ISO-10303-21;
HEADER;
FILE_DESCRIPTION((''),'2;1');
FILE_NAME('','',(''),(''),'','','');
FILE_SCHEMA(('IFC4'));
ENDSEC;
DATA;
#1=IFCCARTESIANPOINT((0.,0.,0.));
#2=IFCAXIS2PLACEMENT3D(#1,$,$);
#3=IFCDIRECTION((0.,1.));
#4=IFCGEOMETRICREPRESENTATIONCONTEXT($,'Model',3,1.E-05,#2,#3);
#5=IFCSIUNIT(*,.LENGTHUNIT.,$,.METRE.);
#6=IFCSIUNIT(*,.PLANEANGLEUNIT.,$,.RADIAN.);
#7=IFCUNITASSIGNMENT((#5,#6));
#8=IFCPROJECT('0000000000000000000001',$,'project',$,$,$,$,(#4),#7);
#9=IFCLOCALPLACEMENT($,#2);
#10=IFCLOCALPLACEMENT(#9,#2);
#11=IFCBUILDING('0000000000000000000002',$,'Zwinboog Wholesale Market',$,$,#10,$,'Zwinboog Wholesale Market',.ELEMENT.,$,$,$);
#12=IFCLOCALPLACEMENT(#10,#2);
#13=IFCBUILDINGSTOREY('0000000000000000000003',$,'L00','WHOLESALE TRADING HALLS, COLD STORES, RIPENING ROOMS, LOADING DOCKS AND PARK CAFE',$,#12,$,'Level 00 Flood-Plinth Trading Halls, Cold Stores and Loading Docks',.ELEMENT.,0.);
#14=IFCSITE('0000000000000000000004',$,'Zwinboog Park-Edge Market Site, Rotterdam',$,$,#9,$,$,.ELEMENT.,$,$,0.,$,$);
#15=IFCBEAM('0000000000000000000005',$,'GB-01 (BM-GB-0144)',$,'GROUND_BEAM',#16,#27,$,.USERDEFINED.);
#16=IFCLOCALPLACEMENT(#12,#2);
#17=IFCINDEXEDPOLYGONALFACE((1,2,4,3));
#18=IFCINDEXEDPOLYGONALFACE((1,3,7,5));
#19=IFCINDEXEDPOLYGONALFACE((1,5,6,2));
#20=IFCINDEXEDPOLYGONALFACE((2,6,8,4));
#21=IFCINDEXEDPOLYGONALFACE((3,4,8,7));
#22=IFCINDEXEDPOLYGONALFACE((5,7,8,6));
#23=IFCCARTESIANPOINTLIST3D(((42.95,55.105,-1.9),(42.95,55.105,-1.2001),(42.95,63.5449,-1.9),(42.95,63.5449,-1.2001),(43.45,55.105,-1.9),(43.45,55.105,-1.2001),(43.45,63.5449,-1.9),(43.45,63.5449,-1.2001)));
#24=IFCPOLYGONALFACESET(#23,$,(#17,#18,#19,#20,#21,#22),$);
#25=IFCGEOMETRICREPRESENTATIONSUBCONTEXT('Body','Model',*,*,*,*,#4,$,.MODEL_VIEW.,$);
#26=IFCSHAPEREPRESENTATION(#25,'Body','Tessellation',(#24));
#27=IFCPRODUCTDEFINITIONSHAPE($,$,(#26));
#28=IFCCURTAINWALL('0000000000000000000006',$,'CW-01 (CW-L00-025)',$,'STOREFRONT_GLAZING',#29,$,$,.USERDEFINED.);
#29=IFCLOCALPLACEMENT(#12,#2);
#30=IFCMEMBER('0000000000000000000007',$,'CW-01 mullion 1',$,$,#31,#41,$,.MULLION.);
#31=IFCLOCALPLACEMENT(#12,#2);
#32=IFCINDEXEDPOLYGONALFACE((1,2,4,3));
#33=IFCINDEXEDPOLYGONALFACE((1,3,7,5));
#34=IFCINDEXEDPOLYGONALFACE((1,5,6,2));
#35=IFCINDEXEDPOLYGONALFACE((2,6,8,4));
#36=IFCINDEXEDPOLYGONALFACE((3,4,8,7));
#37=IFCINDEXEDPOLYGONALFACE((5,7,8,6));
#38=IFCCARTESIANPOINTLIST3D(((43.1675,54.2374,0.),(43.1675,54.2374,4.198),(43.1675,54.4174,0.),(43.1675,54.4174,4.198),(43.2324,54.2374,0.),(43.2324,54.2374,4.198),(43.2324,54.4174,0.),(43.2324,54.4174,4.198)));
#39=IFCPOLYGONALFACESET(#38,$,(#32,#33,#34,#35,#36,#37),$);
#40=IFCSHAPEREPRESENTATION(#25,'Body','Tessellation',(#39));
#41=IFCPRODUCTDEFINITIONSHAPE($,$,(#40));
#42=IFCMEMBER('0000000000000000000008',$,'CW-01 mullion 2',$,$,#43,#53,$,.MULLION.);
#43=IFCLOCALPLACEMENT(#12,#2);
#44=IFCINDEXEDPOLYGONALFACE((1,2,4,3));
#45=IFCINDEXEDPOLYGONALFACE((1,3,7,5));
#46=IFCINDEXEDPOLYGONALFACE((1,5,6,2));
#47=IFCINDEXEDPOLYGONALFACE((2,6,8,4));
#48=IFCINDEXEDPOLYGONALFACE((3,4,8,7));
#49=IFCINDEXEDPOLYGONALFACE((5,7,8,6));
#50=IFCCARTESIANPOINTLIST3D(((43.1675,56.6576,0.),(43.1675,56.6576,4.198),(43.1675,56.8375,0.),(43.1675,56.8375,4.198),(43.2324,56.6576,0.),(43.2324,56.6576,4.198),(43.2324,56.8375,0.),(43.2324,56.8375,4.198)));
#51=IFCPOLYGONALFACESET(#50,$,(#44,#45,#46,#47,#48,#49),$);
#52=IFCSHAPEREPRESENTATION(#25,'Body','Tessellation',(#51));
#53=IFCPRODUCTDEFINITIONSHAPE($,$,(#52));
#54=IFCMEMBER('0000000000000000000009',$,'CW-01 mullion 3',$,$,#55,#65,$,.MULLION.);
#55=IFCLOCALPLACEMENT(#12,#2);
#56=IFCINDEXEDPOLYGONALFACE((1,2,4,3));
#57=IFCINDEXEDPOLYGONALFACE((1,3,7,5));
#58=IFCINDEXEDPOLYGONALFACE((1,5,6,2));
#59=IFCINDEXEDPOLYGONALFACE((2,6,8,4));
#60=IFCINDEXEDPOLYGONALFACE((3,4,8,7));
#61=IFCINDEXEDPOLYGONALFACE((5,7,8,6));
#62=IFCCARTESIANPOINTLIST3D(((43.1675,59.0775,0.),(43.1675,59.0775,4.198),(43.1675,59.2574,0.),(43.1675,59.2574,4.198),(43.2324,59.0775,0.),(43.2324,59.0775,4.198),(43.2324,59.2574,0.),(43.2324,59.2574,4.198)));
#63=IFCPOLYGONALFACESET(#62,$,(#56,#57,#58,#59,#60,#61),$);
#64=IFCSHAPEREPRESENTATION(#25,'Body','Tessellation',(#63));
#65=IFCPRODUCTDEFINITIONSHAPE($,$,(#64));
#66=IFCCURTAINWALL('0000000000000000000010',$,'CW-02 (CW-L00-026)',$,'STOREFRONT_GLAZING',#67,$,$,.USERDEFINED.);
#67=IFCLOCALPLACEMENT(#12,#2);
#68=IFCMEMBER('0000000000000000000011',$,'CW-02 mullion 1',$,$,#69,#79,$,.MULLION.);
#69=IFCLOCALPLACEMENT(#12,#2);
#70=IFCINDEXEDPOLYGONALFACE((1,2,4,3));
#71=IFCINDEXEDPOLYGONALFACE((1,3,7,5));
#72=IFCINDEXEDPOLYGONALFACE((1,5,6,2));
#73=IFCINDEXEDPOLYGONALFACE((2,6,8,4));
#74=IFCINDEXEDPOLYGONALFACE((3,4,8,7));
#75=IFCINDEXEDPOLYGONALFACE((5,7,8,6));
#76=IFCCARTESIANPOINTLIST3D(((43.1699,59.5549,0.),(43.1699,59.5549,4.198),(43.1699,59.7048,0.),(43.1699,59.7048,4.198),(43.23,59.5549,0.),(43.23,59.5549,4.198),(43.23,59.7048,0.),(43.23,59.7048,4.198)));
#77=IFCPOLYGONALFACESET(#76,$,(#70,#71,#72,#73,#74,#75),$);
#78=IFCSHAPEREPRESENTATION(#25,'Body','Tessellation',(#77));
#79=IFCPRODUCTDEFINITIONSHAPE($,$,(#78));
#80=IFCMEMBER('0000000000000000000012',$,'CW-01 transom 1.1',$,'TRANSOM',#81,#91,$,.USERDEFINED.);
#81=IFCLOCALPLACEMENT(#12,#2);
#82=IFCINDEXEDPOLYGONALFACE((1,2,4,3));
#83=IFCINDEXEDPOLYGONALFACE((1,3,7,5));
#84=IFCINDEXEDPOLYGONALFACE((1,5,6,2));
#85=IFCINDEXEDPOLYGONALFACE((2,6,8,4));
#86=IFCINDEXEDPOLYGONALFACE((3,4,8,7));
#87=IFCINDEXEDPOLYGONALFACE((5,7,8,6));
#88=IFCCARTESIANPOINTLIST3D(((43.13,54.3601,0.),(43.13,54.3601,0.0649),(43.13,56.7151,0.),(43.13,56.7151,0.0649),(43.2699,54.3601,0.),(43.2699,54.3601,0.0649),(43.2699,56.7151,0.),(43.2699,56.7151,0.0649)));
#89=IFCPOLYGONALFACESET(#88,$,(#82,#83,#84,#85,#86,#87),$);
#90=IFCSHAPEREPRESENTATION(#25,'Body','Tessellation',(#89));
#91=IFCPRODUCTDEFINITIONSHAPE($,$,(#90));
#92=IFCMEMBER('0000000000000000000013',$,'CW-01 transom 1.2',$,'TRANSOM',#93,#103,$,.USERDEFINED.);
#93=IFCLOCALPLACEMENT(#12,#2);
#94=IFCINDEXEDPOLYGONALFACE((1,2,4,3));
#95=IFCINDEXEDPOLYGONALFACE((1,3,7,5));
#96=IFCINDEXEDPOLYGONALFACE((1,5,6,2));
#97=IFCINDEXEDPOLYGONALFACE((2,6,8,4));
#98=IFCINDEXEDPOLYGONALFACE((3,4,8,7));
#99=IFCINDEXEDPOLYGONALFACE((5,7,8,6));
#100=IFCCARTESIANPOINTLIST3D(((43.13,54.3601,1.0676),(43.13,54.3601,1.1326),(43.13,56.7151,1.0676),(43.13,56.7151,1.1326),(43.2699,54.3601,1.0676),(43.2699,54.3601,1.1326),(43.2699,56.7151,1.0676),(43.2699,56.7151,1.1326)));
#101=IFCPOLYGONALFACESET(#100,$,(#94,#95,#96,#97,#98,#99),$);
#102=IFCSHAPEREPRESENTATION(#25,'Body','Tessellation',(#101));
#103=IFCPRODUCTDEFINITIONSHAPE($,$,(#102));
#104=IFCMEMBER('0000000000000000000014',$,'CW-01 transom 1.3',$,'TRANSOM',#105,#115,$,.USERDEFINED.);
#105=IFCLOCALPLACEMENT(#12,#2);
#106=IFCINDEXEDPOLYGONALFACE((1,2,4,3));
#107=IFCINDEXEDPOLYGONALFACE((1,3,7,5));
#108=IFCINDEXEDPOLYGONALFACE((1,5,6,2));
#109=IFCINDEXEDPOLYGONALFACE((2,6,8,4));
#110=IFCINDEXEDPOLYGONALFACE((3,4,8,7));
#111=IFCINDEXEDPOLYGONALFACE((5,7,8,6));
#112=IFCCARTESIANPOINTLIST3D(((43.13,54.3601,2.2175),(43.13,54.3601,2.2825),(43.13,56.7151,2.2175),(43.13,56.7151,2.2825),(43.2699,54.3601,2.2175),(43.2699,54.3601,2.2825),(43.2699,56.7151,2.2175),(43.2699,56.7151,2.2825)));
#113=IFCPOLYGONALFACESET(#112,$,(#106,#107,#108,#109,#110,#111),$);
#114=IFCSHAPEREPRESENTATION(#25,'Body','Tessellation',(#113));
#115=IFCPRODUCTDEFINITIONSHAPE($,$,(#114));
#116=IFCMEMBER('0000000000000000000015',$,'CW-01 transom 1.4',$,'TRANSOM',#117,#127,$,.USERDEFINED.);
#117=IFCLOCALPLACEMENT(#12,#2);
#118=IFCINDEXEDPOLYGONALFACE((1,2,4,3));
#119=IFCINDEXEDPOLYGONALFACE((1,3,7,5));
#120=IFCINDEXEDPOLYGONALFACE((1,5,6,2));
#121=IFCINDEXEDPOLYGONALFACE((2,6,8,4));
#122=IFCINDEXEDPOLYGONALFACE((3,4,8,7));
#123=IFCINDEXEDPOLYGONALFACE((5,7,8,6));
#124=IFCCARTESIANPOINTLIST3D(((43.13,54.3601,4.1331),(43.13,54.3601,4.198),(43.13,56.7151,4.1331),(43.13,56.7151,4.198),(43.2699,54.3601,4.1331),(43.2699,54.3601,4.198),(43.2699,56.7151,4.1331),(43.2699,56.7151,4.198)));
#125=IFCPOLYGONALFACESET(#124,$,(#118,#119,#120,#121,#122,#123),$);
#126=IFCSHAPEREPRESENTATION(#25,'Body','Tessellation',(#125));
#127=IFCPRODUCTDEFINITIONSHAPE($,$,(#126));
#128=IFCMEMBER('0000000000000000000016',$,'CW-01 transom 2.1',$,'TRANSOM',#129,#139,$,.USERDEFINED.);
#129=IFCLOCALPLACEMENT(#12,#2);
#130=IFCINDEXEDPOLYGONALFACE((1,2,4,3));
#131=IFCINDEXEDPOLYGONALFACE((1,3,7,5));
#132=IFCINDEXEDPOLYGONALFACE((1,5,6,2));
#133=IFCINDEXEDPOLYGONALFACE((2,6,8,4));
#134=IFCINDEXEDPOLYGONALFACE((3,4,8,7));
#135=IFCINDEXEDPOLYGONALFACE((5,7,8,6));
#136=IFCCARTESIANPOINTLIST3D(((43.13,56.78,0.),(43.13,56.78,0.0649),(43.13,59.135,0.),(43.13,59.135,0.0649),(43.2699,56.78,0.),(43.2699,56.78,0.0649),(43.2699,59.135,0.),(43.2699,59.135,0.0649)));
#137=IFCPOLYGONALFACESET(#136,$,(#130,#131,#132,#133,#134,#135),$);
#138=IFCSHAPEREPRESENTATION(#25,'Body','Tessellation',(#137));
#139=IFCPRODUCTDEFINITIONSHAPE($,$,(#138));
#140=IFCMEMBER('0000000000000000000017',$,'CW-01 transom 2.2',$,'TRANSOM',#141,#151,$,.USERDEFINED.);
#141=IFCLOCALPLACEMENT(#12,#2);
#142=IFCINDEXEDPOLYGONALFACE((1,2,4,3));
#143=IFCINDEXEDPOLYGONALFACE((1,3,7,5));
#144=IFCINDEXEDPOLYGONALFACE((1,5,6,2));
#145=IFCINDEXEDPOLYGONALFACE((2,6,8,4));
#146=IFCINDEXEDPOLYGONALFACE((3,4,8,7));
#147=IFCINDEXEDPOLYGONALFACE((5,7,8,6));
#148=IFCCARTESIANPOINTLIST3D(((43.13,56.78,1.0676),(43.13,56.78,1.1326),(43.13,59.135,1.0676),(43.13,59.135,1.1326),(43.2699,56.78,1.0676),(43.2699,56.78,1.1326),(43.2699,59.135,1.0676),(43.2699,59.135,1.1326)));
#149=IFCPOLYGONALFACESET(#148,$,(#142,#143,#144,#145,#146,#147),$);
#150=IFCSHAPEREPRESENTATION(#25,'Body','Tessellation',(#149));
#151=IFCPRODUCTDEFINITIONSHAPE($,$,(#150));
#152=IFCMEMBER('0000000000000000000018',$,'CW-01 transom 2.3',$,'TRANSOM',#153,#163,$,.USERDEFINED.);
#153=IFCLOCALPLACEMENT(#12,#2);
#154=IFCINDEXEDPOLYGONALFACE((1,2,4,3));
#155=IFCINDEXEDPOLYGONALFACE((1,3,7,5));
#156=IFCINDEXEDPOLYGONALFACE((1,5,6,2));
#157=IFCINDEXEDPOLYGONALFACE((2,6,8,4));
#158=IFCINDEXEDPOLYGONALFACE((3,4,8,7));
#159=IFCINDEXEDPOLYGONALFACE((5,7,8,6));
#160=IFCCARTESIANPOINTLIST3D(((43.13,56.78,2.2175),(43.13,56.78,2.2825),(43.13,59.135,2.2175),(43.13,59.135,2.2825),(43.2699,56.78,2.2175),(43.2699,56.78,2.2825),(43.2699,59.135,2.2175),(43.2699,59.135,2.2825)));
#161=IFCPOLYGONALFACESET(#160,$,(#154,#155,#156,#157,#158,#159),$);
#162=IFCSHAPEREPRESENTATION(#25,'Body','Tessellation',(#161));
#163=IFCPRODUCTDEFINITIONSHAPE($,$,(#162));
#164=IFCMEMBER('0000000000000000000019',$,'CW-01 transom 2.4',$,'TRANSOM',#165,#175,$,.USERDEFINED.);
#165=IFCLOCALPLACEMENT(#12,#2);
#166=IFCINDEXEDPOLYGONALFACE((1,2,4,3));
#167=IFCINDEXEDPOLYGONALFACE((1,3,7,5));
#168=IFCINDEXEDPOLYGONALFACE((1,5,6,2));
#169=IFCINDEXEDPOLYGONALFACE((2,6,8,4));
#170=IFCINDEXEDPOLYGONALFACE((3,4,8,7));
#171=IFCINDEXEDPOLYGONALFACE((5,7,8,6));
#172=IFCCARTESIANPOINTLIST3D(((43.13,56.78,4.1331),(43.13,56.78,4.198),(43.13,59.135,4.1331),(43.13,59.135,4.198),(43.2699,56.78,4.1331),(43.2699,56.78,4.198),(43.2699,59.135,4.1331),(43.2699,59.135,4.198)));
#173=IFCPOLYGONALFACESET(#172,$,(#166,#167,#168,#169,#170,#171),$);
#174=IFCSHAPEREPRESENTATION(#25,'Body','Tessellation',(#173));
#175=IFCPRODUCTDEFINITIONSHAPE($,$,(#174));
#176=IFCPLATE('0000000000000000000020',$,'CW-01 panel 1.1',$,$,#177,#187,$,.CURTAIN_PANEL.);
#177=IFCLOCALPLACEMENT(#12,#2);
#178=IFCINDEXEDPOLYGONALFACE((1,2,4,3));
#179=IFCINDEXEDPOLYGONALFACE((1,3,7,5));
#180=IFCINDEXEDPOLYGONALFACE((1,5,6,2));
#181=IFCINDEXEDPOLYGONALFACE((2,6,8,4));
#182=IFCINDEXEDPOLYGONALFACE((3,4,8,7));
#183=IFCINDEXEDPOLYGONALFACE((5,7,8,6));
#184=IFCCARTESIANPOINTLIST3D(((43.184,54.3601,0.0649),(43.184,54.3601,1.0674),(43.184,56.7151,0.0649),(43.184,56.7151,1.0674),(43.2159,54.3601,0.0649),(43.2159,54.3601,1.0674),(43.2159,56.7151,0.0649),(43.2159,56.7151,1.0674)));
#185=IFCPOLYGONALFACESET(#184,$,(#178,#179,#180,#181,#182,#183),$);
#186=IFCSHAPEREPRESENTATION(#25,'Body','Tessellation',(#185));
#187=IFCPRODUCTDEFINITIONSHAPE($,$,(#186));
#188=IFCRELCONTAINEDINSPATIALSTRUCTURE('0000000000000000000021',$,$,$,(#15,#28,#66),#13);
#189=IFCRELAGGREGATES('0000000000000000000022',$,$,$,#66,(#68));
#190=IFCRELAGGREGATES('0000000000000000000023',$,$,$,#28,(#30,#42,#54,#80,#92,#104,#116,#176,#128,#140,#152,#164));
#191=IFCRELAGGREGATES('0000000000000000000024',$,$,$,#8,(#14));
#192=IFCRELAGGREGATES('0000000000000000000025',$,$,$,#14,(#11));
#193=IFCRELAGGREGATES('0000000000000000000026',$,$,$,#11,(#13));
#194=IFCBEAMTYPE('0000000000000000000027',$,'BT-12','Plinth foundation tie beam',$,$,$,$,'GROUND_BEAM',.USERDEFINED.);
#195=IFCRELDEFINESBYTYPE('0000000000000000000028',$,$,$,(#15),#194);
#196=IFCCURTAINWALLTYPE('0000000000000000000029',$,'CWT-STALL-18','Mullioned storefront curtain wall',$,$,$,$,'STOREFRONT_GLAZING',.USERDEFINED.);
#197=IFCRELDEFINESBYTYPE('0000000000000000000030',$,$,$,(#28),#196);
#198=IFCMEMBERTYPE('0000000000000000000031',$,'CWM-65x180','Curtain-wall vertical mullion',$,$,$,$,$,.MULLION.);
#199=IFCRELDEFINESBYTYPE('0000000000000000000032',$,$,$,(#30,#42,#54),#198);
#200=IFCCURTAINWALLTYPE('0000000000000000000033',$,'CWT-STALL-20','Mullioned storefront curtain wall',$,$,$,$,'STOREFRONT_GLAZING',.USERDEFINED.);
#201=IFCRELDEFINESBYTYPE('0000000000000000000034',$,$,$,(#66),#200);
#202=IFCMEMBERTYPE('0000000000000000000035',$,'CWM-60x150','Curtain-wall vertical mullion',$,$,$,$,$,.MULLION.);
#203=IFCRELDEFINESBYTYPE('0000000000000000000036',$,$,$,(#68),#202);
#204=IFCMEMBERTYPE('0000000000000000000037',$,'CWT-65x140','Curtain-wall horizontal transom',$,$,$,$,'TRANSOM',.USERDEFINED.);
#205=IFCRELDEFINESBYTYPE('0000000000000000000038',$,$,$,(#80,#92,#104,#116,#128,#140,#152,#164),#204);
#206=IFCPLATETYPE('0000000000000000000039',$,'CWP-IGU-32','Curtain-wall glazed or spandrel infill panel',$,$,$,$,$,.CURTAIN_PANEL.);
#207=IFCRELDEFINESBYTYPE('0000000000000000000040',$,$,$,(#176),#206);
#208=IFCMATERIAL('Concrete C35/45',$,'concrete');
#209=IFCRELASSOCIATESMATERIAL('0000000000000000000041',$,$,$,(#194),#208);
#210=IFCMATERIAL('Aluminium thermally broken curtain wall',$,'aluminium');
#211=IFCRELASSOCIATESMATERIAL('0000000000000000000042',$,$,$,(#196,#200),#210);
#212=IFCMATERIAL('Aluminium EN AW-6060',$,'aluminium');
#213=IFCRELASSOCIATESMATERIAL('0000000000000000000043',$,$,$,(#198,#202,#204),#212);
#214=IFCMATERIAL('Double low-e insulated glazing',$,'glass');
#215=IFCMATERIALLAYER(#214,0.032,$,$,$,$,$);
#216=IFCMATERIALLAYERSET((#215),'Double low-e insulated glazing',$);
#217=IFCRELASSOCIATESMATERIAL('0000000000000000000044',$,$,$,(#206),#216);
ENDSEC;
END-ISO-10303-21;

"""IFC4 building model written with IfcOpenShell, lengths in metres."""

from ifc_helpers import new_model, si_unit, direction, frame, origin, origin_2d, place, context, subcontext, project, spatial, rectangle, extrude, material, layer, layer_set, material_profile, profile_set, type_object, element, aggregate, save


model = new_model("IFC4")

# Units and contexts
model_context = context("Model", 3, precision=1e-05, world=origin(), true_north=direction((0.0, 1.0)))
body_context = subcontext(model_context, "Body", "Model", "MODEL_VIEW")
ifc_project = project(units=[si_unit("LENGTHUNIT", "METRE"), si_unit("PLANEANGLEUNIT", "RADIAN")], contexts=[model_context])

# Site, building, storey
site_placement = place(None, origin())
site = spatial("IfcSite", under=ifc_project, at=site_placement, Name="Zwinboog Park-Edge Market Site, Rotterdam", CompositionType="ELEMENT", RefElevation=0.0)
building_placement = place(site_placement, origin())
building = spatial("IfcBuilding", under=site, at=building_placement, Name="Zwinboog Wholesale Market", LongName="Zwinboog Wholesale Market", CompositionType="ELEMENT")
storey_placement = place(building_placement, origin())
storey = spatial("IfcBuildingStorey", under=building, at=storey_placement, Name="L00", Description="WHOLESALE TRADING HALLS, COLD STORES, RIPENING ROOMS, LOADING DOCKS AND PARK CAFE", LongName="Level 00 Flood-Plinth Trading Halls, Cold Stores and Loading Docks", CompositionType="ELEMENT", Elevation=0.0)

# Beam
ifc_material_1 = material(Name="Concrete C35/45", Category="concrete")
ifc_material_profile_1 = material_profile(ifc_material_1, rectangle(XDim=0.5, YDim=0.7, at=origin_2d()), Name="RC 500x700")
ifc_profile_set_1 = profile_set([ifc_material_profile_1], Name="Concrete C35/45")
beam_type = type_object("IfcBeamType", Name="BT-12", Description="Plinth foundation tie beam", ElementType="GROUND_BEAM", PredefinedType="USERDEFINED", material=ifc_profile_set_1)
beam_placement = place(storey_placement, frame((43.2, 55.105, -1.55), z_axis=(0.0, 1.0, 0.0), x_axis=(-1.0, 0.0, 0.0)))
element("IfcBeam", 1, at=beam_placement, inside=storey, type_object=beam_type, Name="GB-01 (BM-GB-0144)", ObjectType="GROUND_BEAM", PredefinedType="USERDEFINED", context=body_context, shape_type="SweptSolid", body=[
    extrude(rectangle(XDim=0.5, YDim=0.7, at=origin_2d()), origin(), (0.0, 0.0, 1.0), 8.4399),
])

# Curtain wall, members
ifc_material_2 = material(Name="Aluminium thermally broken curtain wall", Category="aluminium")
curtain_wall_type_1 = type_object("IfcCurtainWallType", Name="CWT-STALL-18", Description="Mullioned storefront curtain wall", ElementType="STOREFRONT_GLAZING", PredefinedType="USERDEFINED", material=ifc_material_2)
curtain_wall_1_placement = place(storey_placement, origin())
curtain_wall_1 = element("IfcCurtainWall", 2, at=curtain_wall_1_placement, inside=storey, type_object=curtain_wall_type_1, Name="CW-01 (CW-L00-025)", ObjectType="STOREFRONT_GLAZING", PredefinedType="USERDEFINED")
ifc_material_3 = material(Name="Aluminium EN AW-6060", Category="aluminium")
ifc_material_profile_2 = material_profile(ifc_material_3, rectangle(XDim=0.0649, YDim=0.1799, at=origin_2d()), Name="AL 65x180")
ifc_profile_set_2 = profile_set([ifc_material_profile_2], Name="Aluminium EN AW-6060")
member_type_1 = type_object("IfcMemberType", Name="CWM-65x180", Description="Curtain-wall vertical mullion", PredefinedType="MULLION", material=ifc_profile_set_2)
member_1_placement = place(storey_placement, frame((43.2, 54.3274, 0.0), z_axis=(0.0, 0.0, 1.0), x_axis=(-1.0, 0.0, 0.0)))
member_1 = element("IfcMember", 3, at=member_1_placement, type_object=member_type_1, Name="CW-01 mullion 1", PredefinedType="MULLION", context=body_context, shape_type="SweptSolid", body=[
    extrude(rectangle(XDim=0.0649, YDim=0.1799, at=origin_2d()), origin(), (0.0, 0.0, 1.0), 4.198),
])
member_2_placement = place(storey_placement, frame((43.2, 56.7476, 0.0), z_axis=(0.0, 0.0, 1.0), x_axis=(-1.0, 0.0, 0.0)))
member_2 = element("IfcMember", 4, at=member_2_placement, type_object=member_type_1, Name="CW-01 mullion 2", PredefinedType="MULLION", context=body_context, shape_type="SweptSolid", body=[
    extrude(rectangle(XDim=0.0649, YDim=0.1799, at=origin_2d()), origin(), (0.0, 0.0, 1.0), 4.198),
])
member_3_placement = place(storey_placement, frame((43.2, 59.1675, 0.0), z_axis=(0.0, 0.0, 1.0), x_axis=(-1.0, 0.0, 0.0)))
member_3 = element("IfcMember", 5, at=member_3_placement, type_object=member_type_1, Name="CW-01 mullion 3", PredefinedType="MULLION", context=body_context, shape_type="SweptSolid", body=[
    extrude(rectangle(XDim=0.0649, YDim=0.1799, at=origin_2d()), origin(), (0.0, 0.0, 1.0), 4.198),
])

# Curtain wall, member
curtain_wall_type_2 = type_object("IfcCurtainWallType", Name="CWT-STALL-20", Description="Mullioned storefront curtain wall", ElementType="STOREFRONT_GLAZING", PredefinedType="USERDEFINED", material=ifc_material_2)
curtain_wall_2_placement = place(storey_placement, origin())
curtain_wall_2 = element("IfcCurtainWall", 6, at=curtain_wall_2_placement, inside=storey, type_object=curtain_wall_type_2, Name="CW-02 (CW-L00-026)", ObjectType="STOREFRONT_GLAZING", PredefinedType="USERDEFINED")
ifc_material_profile_3 = material_profile(ifc_material_3, rectangle(XDim=0.0601, YDim=0.1499, at=origin_2d()), Name="AL 60x150")
ifc_profile_set_3 = profile_set([ifc_material_profile_3], Name="Aluminium EN AW-6060")
member_type_2 = type_object("IfcMemberType", Name="CWM-60x150", Description="Curtain-wall vertical mullion", PredefinedType="MULLION", material=ifc_profile_set_3)
member_4_placement = place(storey_placement, frame((43.2, 59.6299, 0.0), z_axis=(0.0, 0.0, 1.0), x_axis=(-1.0, 0.0, 0.0)))
member_4 = element("IfcMember", 7, at=member_4_placement, type_object=member_type_2, Name="CW-02 mullion 1", PredefinedType="MULLION", context=body_context, shape_type="SweptSolid", body=[
    extrude(rectangle(XDim=0.0601, YDim=0.1499, at=origin_2d()), origin(), (0.0, 0.0, 1.0), 4.198),
])
aggregate(curtain_wall_2, [member_4])

# Members
ifc_material_profile_4 = material_profile(ifc_material_3, rectangle(XDim=0.1399, YDim=0.0649, at=origin_2d()), Name="AL 65x140")
ifc_profile_set_4 = profile_set([ifc_material_profile_4], Name="Aluminium EN AW-6060")
member_type_3 = type_object("IfcMemberType", Name="CWT-65x140", Description="Curtain-wall horizontal transom", ElementType="TRANSOM", PredefinedType="USERDEFINED", material=ifc_profile_set_4)
member_5_placement = place(storey_placement, frame((43.2, 54.3601, 0.0325), z_axis=(0.0, 1.0, 0.0), x_axis=(-1.0, 0.0, 0.0)))
member_5 = element("IfcMember", 8, at=member_5_placement, type_object=member_type_3, Name="CW-01 transom 1.1", ObjectType="TRANSOM", PredefinedType="USERDEFINED", context=body_context, shape_type="SweptSolid", body=[
    extrude(rectangle(XDim=0.1399, YDim=0.0649, at=origin_2d()), origin(), (0.0, 0.0, 1.0), 2.355),
])
member_6_placement = place(storey_placement, frame((43.2, 54.3601, 1.1001), z_axis=(0.0, 1.0, 0.0), x_axis=(-1.0, 0.0, 0.0)))
member_6 = element("IfcMember", 9, at=member_6_placement, type_object=member_type_3, Name="CW-01 transom 1.2", ObjectType="TRANSOM", PredefinedType="USERDEFINED", context=body_context, shape_type="SweptSolid", body=[
    extrude(rectangle(XDim=0.1399, YDim=0.0649, at=origin_2d()), origin(), (0.0, 0.0, 1.0), 2.355),
])
member_7_placement = place(storey_placement, frame((43.2, 54.3601, 2.25), z_axis=(0.0, 1.0, 0.0), x_axis=(-1.0, 0.0, 0.0)))
member_7 = element("IfcMember", 10, at=member_7_placement, type_object=member_type_3, Name="CW-01 transom 1.3", ObjectType="TRANSOM", PredefinedType="USERDEFINED", context=body_context, shape_type="SweptSolid", body=[
    extrude(rectangle(XDim=0.1399, YDim=0.0649, at=origin_2d()), origin(), (0.0, 0.0, 1.0), 2.355),
])
member_8_placement = place(storey_placement, frame((43.2, 54.3601, 4.1655), z_axis=(0.0, 1.0, 0.0), x_axis=(-1.0, 0.0, 0.0)))
member_8 = element("IfcMember", 11, at=member_8_placement, type_object=member_type_3, Name="CW-01 transom 1.4", ObjectType="TRANSOM", PredefinedType="USERDEFINED", context=body_context, shape_type="SweptSolid", body=[
    extrude(rectangle(XDim=0.1399, YDim=0.0649, at=origin_2d()), origin(), (0.0, 0.0, 1.0), 2.355),
])
member_9_placement = place(storey_placement, frame((43.2, 56.78, 0.0325), z_axis=(0.0, 1.0, 0.0), x_axis=(-1.0, 0.0, 0.0)))
member_9 = element("IfcMember", 12, at=member_9_placement, type_object=member_type_3, Name="CW-01 transom 2.1", ObjectType="TRANSOM", PredefinedType="USERDEFINED", context=body_context, shape_type="SweptSolid", body=[
    extrude(rectangle(XDim=0.1399, YDim=0.0649, at=origin_2d()), origin(), (0.0, 0.0, 1.0), 2.355),
])
member_10_placement = place(storey_placement, frame((43.2, 56.78, 1.1001), z_axis=(0.0, 1.0, 0.0), x_axis=(-1.0, 0.0, 0.0)))
member_10 = element("IfcMember", 13, at=member_10_placement, type_object=member_type_3, Name="CW-01 transom 2.2", ObjectType="TRANSOM", PredefinedType="USERDEFINED", context=body_context, shape_type="SweptSolid", body=[
    extrude(rectangle(XDim=0.1399, YDim=0.0649, at=origin_2d()), origin(), (0.0, 0.0, 1.0), 2.355),
])
member_11_placement = place(storey_placement, frame((43.2, 56.78, 2.25), z_axis=(0.0, 1.0, 0.0), x_axis=(-1.0, 0.0, 0.0)))
member_11 = element("IfcMember", 14, at=member_11_placement, type_object=member_type_3, Name="CW-01 transom 2.3", ObjectType="TRANSOM", PredefinedType="USERDEFINED", context=body_context, shape_type="SweptSolid", body=[
    extrude(rectangle(XDim=0.1399, YDim=0.0649, at=origin_2d()), origin(), (0.0, 0.0, 1.0), 2.355),
])
member_12_placement = place(storey_placement, frame((43.2, 56.78, 4.1655), z_axis=(0.0, 1.0, 0.0), x_axis=(-1.0, 0.0, 0.0)))
member_12 = element("IfcMember", 15, at=member_12_placement, type_object=member_type_3, Name="CW-01 transom 2.4", ObjectType="TRANSOM", PredefinedType="USERDEFINED", context=body_context, shape_type="SweptSolid", body=[
    extrude(rectangle(XDim=0.1399, YDim=0.0649, at=origin_2d()), origin(), (0.0, 0.0, 1.0), 2.355),
])

# Plate
ifc_material_4 = material(Name="Double low-e insulated glazing", Category="glass")
ifc_layer_1 = layer(ifc_material_4, 0.032)
ifc_layer_set_1 = layer_set([ifc_layer_1], Name="Double low-e insulated glazing")
plate_type = type_object("IfcPlateType", Name="CWP-IGU-32", Description="Curtain-wall glazed or spandrel infill panel", PredefinedType="CURTAIN_PANEL", material=ifc_layer_set_1)
plate_1_placement = place(storey_placement, frame((43.2, 55.5376, 0.0649), z_axis=(0.0, 0.0, 1.0), x_axis=(0.0, 1.0, 0.0)))
plate_1 = element("IfcPlate", 16, at=plate_1_placement, type_object=plate_type, Name="CW-01 panel 1.1", PredefinedType="CURTAIN_PANEL", context=body_context, shape_type="SweptSolid", body=[
    extrude(rectangle(XDim=2.355, YDim=0.032, at=origin_2d()), origin(), (0.0, 0.0, 1.0), 1.0024),
])
aggregate(curtain_wall_1, [member_1, member_2, member_3, member_5, member_6, member_7, member_8, plate_1, member_9, member_10, member_11, member_12])

save(model, "model.ifc")
